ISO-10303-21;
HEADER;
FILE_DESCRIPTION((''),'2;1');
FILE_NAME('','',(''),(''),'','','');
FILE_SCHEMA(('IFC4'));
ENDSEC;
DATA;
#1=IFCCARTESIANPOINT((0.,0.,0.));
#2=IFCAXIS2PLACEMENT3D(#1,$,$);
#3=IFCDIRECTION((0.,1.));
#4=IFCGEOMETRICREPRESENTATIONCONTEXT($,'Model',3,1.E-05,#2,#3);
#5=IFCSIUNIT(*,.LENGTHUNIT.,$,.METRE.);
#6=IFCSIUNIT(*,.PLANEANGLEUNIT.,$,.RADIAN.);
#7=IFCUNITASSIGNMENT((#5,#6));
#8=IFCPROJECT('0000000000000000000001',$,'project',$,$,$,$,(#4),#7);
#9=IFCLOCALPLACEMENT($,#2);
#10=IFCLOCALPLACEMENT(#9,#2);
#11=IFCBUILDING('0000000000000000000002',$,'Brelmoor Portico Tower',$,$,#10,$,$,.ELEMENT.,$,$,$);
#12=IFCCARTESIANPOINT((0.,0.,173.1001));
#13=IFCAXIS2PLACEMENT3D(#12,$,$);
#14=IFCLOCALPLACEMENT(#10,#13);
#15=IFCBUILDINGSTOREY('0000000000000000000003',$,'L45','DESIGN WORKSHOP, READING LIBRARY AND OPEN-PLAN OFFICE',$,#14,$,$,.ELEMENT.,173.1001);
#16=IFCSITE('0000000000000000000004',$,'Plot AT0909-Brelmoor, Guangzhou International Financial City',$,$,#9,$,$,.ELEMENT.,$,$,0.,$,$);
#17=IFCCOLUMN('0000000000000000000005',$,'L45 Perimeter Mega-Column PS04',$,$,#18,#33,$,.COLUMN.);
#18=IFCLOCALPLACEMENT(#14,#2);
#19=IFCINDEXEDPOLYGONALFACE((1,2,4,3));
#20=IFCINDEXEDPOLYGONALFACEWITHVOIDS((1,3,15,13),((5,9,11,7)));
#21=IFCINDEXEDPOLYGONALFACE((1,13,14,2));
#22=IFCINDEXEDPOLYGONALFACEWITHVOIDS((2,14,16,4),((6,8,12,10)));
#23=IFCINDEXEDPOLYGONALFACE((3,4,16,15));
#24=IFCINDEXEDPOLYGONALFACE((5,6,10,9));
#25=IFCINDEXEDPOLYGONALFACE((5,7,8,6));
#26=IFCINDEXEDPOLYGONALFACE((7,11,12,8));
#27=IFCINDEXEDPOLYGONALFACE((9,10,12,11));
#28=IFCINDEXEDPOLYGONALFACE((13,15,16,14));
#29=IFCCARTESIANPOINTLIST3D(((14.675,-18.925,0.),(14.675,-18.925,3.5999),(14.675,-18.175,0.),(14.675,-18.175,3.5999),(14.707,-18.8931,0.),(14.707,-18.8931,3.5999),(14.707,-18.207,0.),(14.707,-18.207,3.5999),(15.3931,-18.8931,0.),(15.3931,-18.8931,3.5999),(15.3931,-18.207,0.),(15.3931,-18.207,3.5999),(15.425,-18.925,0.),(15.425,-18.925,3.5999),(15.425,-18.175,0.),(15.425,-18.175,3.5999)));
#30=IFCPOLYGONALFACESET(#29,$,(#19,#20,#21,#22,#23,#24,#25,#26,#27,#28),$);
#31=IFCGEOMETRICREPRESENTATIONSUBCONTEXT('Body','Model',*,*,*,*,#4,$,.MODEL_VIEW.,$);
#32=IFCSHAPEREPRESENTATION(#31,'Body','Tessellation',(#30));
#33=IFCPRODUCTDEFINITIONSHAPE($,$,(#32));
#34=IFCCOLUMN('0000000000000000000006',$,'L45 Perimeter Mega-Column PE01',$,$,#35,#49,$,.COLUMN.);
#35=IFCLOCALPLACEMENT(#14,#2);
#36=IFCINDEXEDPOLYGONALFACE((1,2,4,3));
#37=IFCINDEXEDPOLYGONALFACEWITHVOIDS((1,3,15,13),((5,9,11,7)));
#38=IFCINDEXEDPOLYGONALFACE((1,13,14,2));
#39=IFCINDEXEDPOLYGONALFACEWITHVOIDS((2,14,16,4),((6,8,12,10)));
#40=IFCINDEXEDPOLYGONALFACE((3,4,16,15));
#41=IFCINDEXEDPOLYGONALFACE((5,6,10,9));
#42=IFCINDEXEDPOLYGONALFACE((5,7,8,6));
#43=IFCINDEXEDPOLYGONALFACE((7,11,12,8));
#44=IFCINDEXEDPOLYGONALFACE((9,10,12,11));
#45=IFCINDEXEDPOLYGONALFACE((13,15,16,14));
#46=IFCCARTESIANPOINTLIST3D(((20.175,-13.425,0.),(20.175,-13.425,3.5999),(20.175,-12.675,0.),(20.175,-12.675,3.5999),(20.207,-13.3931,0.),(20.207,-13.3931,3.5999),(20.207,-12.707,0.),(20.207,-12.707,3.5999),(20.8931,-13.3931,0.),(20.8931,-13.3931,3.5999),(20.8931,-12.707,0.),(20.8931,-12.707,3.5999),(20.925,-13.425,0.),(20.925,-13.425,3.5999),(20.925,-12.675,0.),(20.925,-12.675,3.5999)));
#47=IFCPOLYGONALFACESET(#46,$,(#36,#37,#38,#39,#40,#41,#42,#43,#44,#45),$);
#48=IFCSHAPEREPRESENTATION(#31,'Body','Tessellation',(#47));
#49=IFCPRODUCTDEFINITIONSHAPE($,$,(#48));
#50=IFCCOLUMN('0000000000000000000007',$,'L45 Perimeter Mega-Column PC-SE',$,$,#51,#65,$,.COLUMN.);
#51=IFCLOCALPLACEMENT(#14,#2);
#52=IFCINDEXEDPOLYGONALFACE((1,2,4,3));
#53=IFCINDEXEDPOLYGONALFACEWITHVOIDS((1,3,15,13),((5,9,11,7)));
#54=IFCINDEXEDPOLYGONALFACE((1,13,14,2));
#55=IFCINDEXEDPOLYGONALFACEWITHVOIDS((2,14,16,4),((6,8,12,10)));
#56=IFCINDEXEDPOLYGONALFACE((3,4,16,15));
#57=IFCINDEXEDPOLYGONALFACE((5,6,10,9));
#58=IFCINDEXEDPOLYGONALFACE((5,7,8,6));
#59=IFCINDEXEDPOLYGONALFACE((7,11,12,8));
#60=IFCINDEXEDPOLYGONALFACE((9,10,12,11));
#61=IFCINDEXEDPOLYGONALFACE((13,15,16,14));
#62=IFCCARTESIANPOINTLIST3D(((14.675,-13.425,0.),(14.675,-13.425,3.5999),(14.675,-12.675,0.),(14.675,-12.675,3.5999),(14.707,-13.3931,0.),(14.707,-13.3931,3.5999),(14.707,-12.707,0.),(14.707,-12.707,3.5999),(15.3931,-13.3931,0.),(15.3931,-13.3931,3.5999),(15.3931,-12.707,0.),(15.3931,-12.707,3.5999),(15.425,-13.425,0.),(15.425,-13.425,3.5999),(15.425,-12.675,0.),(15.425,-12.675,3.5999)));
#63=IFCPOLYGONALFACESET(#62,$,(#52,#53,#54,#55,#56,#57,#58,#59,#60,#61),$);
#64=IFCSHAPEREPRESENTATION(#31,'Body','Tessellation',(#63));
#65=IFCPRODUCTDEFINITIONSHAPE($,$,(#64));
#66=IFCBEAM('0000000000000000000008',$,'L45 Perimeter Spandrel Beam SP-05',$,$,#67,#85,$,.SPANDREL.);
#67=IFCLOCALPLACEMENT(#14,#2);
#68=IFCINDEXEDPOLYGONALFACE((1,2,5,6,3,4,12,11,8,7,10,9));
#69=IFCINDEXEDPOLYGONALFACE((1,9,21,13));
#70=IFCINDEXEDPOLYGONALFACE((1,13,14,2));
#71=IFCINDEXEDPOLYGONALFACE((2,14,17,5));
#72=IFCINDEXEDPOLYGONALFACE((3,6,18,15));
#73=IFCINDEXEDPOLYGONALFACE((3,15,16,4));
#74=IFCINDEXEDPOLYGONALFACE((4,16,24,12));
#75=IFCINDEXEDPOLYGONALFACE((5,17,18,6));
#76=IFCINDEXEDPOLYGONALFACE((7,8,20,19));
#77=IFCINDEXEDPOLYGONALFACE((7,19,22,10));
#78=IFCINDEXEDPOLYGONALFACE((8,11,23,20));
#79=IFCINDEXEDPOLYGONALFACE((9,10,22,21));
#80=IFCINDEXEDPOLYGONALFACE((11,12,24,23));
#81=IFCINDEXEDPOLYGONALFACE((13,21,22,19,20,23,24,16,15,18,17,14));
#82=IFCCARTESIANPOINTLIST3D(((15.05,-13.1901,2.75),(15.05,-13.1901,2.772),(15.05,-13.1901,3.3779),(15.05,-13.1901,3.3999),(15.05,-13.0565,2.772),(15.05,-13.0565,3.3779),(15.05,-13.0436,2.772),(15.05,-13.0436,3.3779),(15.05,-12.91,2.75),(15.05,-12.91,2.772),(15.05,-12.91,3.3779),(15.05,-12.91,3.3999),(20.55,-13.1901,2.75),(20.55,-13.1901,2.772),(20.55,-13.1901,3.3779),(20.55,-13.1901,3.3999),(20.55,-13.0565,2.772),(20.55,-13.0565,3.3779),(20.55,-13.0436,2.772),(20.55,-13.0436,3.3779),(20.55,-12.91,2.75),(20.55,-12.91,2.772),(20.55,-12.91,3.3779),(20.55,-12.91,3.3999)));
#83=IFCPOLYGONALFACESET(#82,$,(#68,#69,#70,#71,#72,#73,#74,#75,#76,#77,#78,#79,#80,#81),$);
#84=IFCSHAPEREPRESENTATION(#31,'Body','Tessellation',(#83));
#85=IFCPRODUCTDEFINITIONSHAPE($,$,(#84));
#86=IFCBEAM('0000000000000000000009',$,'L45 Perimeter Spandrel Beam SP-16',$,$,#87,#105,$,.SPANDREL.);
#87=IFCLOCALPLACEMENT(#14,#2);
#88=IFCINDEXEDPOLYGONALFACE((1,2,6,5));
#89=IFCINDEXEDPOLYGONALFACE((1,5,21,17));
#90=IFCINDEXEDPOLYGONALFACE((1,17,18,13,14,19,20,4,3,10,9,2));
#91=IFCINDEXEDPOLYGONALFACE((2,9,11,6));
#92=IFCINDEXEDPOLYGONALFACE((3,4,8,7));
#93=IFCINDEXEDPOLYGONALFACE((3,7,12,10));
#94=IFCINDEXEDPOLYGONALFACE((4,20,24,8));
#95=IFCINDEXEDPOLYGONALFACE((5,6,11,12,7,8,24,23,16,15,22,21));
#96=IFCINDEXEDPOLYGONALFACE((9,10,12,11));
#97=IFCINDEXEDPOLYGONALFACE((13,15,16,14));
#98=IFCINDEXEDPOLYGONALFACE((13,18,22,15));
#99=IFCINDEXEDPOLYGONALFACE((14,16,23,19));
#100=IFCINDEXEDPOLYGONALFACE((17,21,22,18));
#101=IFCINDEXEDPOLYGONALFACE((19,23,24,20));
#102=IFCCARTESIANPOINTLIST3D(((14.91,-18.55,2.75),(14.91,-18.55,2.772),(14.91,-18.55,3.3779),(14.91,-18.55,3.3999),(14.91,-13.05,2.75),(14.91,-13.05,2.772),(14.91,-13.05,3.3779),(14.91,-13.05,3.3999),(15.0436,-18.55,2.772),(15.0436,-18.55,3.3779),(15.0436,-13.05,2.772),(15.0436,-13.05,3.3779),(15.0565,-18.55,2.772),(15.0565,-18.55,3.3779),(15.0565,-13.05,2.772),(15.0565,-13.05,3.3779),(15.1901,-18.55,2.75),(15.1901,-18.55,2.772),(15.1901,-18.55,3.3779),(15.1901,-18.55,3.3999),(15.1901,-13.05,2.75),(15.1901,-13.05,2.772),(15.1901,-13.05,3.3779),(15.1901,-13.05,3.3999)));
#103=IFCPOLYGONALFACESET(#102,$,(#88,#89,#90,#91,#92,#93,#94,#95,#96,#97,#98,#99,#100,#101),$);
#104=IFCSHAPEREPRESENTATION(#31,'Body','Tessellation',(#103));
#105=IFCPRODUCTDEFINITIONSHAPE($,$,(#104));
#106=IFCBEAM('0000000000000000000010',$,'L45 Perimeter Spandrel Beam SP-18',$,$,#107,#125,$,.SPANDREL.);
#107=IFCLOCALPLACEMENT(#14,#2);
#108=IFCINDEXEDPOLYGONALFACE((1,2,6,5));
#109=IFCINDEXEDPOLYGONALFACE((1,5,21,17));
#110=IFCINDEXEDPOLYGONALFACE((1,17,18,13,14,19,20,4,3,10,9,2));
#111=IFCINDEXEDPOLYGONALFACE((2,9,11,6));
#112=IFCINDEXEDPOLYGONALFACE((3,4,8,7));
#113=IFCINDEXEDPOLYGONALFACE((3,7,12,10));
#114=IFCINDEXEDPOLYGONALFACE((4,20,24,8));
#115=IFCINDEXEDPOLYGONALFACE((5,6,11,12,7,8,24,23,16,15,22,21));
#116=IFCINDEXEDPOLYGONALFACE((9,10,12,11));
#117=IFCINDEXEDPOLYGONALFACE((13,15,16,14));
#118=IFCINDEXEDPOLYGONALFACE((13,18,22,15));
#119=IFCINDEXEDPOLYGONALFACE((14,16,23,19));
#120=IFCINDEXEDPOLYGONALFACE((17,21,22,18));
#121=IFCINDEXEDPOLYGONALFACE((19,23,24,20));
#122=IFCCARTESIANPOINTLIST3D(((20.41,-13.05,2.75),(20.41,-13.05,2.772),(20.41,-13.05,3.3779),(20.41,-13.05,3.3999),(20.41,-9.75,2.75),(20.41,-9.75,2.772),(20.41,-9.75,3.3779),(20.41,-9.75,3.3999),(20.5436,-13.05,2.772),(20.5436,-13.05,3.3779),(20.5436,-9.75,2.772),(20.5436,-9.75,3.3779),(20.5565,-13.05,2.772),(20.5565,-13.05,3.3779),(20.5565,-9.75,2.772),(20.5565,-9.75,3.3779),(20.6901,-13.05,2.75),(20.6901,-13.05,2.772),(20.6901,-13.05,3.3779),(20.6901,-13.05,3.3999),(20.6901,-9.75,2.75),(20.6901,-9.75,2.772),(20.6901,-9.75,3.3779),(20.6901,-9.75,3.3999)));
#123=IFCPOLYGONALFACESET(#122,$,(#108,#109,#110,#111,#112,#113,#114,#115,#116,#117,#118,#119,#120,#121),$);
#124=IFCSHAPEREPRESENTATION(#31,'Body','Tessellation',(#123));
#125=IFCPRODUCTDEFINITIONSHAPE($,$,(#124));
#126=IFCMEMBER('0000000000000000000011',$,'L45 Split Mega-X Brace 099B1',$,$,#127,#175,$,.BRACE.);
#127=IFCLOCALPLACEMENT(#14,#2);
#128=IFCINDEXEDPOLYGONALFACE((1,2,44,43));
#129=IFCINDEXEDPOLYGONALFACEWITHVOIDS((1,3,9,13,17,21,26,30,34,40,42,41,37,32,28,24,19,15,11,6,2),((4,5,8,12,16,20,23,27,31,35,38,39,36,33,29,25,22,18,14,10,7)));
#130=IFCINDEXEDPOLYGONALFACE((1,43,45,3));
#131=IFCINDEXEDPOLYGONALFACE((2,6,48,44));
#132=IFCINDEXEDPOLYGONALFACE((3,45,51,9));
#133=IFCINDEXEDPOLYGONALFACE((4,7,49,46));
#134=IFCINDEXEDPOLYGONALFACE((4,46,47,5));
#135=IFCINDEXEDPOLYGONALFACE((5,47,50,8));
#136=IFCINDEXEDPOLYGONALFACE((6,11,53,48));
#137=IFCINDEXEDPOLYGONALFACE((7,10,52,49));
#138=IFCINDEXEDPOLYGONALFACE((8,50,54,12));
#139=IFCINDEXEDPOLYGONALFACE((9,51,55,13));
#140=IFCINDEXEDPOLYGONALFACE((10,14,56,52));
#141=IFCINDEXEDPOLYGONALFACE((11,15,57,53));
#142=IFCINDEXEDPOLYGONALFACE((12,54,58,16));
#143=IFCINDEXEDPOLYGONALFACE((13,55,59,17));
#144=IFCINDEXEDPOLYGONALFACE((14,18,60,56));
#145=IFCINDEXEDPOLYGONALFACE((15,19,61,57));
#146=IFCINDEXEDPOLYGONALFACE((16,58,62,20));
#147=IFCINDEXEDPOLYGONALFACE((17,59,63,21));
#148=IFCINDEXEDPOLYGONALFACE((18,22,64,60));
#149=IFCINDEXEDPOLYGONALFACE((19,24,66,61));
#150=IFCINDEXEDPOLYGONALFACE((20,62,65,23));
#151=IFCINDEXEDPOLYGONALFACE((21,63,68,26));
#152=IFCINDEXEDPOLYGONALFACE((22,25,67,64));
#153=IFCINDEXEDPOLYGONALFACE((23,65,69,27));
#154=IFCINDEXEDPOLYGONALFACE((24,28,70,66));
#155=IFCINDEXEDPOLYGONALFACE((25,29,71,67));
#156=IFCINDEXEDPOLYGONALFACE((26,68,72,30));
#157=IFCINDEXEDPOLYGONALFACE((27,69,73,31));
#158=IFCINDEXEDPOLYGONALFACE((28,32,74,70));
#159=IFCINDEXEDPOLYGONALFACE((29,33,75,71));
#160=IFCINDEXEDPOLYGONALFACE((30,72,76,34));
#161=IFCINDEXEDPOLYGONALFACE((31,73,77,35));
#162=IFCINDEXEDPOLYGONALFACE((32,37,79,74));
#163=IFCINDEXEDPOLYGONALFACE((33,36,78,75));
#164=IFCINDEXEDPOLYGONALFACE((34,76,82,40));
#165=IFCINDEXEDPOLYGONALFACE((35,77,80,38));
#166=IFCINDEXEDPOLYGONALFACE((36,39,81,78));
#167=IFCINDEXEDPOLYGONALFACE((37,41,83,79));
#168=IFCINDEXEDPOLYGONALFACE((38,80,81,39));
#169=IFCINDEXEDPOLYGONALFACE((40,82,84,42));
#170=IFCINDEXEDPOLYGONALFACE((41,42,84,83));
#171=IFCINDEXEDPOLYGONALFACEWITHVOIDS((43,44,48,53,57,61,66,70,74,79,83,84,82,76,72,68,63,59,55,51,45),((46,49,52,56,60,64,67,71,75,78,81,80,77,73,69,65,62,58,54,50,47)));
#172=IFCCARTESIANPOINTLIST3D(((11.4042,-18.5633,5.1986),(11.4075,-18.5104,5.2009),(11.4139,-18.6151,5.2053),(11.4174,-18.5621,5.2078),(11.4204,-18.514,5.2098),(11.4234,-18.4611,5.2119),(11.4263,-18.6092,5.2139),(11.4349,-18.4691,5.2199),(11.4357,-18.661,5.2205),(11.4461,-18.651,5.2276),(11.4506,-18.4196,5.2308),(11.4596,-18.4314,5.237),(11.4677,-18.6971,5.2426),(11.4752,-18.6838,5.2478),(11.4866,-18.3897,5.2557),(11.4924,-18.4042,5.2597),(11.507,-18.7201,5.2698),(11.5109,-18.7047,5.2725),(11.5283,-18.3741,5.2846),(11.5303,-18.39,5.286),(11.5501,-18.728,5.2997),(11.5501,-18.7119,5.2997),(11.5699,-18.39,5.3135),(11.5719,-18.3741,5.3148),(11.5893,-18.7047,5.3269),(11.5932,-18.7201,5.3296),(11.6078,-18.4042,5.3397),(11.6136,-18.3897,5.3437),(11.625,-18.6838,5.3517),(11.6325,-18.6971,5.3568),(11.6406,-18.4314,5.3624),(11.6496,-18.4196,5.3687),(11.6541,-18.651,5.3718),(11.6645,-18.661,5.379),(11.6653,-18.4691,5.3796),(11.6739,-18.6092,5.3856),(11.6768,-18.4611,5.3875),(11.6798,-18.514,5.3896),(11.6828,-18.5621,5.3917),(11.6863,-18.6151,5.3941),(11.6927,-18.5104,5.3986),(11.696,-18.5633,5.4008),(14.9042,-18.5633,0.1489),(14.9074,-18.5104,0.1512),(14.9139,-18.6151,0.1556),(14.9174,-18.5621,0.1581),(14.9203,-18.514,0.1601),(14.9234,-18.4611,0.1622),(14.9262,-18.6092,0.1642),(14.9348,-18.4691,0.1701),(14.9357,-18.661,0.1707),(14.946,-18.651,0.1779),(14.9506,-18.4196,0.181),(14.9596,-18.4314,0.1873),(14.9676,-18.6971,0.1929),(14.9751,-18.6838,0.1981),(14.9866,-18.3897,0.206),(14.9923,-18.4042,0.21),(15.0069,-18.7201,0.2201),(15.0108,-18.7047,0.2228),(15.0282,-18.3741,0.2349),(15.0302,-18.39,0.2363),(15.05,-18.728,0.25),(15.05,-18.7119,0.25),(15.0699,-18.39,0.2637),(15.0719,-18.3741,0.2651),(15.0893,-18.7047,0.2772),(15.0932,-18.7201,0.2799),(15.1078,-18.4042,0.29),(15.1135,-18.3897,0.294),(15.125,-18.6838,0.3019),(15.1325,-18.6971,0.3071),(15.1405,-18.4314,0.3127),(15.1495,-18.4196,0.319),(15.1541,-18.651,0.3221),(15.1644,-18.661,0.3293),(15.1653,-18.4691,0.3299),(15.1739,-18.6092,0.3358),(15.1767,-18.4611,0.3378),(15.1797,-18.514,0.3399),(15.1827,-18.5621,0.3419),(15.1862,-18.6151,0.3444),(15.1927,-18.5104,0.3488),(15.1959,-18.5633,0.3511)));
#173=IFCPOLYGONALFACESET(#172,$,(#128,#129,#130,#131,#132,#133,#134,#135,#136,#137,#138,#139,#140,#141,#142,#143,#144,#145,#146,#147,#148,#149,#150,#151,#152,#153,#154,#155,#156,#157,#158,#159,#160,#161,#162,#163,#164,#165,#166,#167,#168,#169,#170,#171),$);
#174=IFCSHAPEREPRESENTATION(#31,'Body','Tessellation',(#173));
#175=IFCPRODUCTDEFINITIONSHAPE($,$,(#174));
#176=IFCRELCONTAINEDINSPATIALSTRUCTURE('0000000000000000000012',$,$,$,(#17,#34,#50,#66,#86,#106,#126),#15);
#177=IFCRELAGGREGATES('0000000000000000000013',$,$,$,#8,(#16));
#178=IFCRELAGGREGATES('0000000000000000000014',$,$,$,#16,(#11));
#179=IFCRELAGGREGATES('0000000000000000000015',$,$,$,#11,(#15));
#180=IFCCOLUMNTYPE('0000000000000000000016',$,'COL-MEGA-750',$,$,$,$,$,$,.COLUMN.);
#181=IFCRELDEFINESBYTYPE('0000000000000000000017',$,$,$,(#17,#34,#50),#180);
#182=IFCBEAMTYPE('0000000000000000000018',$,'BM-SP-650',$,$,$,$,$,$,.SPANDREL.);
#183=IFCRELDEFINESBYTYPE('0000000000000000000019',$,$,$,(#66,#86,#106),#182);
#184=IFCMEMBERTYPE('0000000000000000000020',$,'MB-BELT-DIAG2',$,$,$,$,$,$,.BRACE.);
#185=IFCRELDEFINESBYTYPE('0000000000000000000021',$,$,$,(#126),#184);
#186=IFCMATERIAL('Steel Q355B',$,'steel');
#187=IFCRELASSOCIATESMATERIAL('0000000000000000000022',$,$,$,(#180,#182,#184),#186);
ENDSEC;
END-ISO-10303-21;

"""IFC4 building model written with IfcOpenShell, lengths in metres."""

from ifc_helpers import new_model, si_unit, direction, frame, origin, origin_2d, place, context, subcontext, project, spatial, hollow_rectangle, hollow_circle, i_section, extrude, material, material_profile, profile_set, type_object, element, save


model = new_model("IFC4")

# Units and contexts
model_context = context("Model", 3, precision=1e-05, world=origin(), true_north=direction((0.0, 1.0)))
body_context = subcontext(model_context, "Body", "Model", "MODEL_VIEW")
ifc_project = project(units=[si_unit("LENGTHUNIT", "METRE"), si_unit("PLANEANGLEUNIT", "RADIAN")], contexts=[model_context])

# Site, building, storey
site_placement = place(None, origin())
site = spatial("IfcSite", under=ifc_project, at=site_placement, Name="Plot AT0909-Brelmoor, Guangzhou International Financial City", CompositionType="ELEMENT", RefElevation=0.0)
building_placement = place(site_placement, origin())
building = spatial("IfcBuilding", under=site, at=building_placement, Name="Brelmoor Portico Tower", CompositionType="ELEMENT")
storey_placement = place(building_placement, frame((0.0, 0.0, 173.1001)))
storey = spatial("IfcBuildingStorey", under=building, at=storey_placement, Name="L45", Description="DESIGN WORKSHOP, READING LIBRARY AND OPEN-PLAN OFFICE", CompositionType="ELEMENT", Elevation=173.1001)

# Columns
ifc_material_1 = material(Name="Steel Q355B", Category="steel")
ifc_material_profile_1 = material_profile(ifc_material_1, hollow_rectangle(XDim=0.75, YDim=0.75, WallThickness=0.032, at=origin_2d()), Name="BOX 750x750x32")
ifc_profile_set_1 = profile_set([ifc_material_profile_1], Name="Steel Q355B")
column_type = type_object("IfcColumnType", Name="COL-MEGA-750", PredefinedType="COLUMN", material=ifc_profile_set_1)
for number, where, z_axis, x_axis, name in (
    (1, (15.05, -18.55, 0.0), (0.0, 0.0, 1.0), (1.0, 0.0, 0.0), "L45 Perimeter Mega-Column PS04"),
    (2, (20.55, -13.05, 0.0), (0.0, 0.0, 1.0), (0.0, 1.0, 0.0), "L45 Perimeter Mega-Column PE01"),
    (3, (15.05, -13.05, 0.0), (0.0, 0.0, 1.0), (1.0, 0.0, 0.0), "L45 Perimeter Mega-Column PC-SE"),
):
    element("IfcColumn", number, at=place(storey_placement, frame(where, z_axis=z_axis, x_axis=x_axis)), inside=storey, type_object=column_type, Name=name, PredefinedType="COLUMN", context=body_context, shape_type="SweptSolid", body=[
        extrude(hollow_rectangle(XDim=0.75, YDim=0.75, WallThickness=0.032, at=origin_2d()), origin(), (0.0, 0.0, 1.0), 3.5999),
    ])

# Beams
ifc_material_profile_2 = material_profile(ifc_material_1, i_section(OverallWidth=0.28, OverallDepth=0.6499, WebThickness=0.0129, FlangeThickness=0.022, at=origin_2d()), Name="HN 650x280x13x22")
ifc_profile_set_2 = profile_set([ifc_material_profile_2], Name="Steel Q355B")
beam_type = type_object("IfcBeamType", Name="BM-SP-650", PredefinedType="SPANDREL", material=ifc_profile_set_2)
for number, where, z_axis, x_axis, name in (
    (4, (15.05, -13.05, 3.075), (1.0, 0.0, 0.0), (0.0, 1.0, 0.0), "L45 Perimeter Spandrel Beam SP-05"),
    (5, (15.05, -18.55, 3.075), (0.0, 1.0, 0.0), (-1.0, 0.0, 0.0), "L45 Perimeter Spandrel Beam SP-16"),
):
    element("IfcBeam", number, at=place(storey_placement, frame(where, z_axis=z_axis, x_axis=x_axis)), inside=storey, type_object=beam_type, Name=name, PredefinedType="SPANDREL", context=body_context, shape_type="SweptSolid", body=[
        extrude(i_section(OverallWidth=0.28, OverallDepth=0.6499, WebThickness=0.0129, FlangeThickness=0.022, at=origin_2d()), origin(), (0.0, 0.0, 1.0), 5.5),
    ])
beam_placement = place(storey_placement, frame((20.55, -13.05, 3.075), z_axis=(0.0, 1.0, 0.0), x_axis=(-1.0, 0.0, 0.0)))
element("IfcBeam", 6, at=beam_placement, inside=storey, type_object=beam_type, Name="L45 Perimeter Spandrel Beam SP-18", PredefinedType="SPANDREL", context=body_context, shape_type="SweptSolid", body=[
    extrude(i_section(OverallWidth=0.28, OverallDepth=0.6499, WebThickness=0.0129, FlangeThickness=0.022, at=origin_2d()), origin(), (0.0, 0.0, 1.0), 3.3),
])

# Member
ifc_material_profile_3 = material_profile(ifc_material_1, hollow_circle(Radius=0.178, WallThickness=0.0161, at=origin_2d()), Name="CHS 356x16")
ifc_profile_set_3 = profile_set([ifc_material_profile_3], Name="Steel Q355B")
member_type_1 = type_object("IfcMemberType", Name="MB-BELT-DIAG2", PredefinedType="BRACE", material=ifc_profile_set_3)
member_1_placement = place(storey_placement, frame((15.05, -18.55, 0.25), z_axis=(-0.569648, 0.0, 0.821889), x_axis=(0.0, -1.0, 0.0)))
element("IfcMember", 7, at=member_1_placement, inside=storey, type_object=member_type_1, Name="L45 Split Mega-X Brace 099B1", PredefinedType="BRACE", context=body_context, shape_type="SweptSolid", body=[
    extrude(hollow_circle(Radius=0.178, WallThickness=0.0161, at=origin_2d()), origin(), (0.0, 0.0, 1.0), 6.144),
])

save(model, "model.ifc")
